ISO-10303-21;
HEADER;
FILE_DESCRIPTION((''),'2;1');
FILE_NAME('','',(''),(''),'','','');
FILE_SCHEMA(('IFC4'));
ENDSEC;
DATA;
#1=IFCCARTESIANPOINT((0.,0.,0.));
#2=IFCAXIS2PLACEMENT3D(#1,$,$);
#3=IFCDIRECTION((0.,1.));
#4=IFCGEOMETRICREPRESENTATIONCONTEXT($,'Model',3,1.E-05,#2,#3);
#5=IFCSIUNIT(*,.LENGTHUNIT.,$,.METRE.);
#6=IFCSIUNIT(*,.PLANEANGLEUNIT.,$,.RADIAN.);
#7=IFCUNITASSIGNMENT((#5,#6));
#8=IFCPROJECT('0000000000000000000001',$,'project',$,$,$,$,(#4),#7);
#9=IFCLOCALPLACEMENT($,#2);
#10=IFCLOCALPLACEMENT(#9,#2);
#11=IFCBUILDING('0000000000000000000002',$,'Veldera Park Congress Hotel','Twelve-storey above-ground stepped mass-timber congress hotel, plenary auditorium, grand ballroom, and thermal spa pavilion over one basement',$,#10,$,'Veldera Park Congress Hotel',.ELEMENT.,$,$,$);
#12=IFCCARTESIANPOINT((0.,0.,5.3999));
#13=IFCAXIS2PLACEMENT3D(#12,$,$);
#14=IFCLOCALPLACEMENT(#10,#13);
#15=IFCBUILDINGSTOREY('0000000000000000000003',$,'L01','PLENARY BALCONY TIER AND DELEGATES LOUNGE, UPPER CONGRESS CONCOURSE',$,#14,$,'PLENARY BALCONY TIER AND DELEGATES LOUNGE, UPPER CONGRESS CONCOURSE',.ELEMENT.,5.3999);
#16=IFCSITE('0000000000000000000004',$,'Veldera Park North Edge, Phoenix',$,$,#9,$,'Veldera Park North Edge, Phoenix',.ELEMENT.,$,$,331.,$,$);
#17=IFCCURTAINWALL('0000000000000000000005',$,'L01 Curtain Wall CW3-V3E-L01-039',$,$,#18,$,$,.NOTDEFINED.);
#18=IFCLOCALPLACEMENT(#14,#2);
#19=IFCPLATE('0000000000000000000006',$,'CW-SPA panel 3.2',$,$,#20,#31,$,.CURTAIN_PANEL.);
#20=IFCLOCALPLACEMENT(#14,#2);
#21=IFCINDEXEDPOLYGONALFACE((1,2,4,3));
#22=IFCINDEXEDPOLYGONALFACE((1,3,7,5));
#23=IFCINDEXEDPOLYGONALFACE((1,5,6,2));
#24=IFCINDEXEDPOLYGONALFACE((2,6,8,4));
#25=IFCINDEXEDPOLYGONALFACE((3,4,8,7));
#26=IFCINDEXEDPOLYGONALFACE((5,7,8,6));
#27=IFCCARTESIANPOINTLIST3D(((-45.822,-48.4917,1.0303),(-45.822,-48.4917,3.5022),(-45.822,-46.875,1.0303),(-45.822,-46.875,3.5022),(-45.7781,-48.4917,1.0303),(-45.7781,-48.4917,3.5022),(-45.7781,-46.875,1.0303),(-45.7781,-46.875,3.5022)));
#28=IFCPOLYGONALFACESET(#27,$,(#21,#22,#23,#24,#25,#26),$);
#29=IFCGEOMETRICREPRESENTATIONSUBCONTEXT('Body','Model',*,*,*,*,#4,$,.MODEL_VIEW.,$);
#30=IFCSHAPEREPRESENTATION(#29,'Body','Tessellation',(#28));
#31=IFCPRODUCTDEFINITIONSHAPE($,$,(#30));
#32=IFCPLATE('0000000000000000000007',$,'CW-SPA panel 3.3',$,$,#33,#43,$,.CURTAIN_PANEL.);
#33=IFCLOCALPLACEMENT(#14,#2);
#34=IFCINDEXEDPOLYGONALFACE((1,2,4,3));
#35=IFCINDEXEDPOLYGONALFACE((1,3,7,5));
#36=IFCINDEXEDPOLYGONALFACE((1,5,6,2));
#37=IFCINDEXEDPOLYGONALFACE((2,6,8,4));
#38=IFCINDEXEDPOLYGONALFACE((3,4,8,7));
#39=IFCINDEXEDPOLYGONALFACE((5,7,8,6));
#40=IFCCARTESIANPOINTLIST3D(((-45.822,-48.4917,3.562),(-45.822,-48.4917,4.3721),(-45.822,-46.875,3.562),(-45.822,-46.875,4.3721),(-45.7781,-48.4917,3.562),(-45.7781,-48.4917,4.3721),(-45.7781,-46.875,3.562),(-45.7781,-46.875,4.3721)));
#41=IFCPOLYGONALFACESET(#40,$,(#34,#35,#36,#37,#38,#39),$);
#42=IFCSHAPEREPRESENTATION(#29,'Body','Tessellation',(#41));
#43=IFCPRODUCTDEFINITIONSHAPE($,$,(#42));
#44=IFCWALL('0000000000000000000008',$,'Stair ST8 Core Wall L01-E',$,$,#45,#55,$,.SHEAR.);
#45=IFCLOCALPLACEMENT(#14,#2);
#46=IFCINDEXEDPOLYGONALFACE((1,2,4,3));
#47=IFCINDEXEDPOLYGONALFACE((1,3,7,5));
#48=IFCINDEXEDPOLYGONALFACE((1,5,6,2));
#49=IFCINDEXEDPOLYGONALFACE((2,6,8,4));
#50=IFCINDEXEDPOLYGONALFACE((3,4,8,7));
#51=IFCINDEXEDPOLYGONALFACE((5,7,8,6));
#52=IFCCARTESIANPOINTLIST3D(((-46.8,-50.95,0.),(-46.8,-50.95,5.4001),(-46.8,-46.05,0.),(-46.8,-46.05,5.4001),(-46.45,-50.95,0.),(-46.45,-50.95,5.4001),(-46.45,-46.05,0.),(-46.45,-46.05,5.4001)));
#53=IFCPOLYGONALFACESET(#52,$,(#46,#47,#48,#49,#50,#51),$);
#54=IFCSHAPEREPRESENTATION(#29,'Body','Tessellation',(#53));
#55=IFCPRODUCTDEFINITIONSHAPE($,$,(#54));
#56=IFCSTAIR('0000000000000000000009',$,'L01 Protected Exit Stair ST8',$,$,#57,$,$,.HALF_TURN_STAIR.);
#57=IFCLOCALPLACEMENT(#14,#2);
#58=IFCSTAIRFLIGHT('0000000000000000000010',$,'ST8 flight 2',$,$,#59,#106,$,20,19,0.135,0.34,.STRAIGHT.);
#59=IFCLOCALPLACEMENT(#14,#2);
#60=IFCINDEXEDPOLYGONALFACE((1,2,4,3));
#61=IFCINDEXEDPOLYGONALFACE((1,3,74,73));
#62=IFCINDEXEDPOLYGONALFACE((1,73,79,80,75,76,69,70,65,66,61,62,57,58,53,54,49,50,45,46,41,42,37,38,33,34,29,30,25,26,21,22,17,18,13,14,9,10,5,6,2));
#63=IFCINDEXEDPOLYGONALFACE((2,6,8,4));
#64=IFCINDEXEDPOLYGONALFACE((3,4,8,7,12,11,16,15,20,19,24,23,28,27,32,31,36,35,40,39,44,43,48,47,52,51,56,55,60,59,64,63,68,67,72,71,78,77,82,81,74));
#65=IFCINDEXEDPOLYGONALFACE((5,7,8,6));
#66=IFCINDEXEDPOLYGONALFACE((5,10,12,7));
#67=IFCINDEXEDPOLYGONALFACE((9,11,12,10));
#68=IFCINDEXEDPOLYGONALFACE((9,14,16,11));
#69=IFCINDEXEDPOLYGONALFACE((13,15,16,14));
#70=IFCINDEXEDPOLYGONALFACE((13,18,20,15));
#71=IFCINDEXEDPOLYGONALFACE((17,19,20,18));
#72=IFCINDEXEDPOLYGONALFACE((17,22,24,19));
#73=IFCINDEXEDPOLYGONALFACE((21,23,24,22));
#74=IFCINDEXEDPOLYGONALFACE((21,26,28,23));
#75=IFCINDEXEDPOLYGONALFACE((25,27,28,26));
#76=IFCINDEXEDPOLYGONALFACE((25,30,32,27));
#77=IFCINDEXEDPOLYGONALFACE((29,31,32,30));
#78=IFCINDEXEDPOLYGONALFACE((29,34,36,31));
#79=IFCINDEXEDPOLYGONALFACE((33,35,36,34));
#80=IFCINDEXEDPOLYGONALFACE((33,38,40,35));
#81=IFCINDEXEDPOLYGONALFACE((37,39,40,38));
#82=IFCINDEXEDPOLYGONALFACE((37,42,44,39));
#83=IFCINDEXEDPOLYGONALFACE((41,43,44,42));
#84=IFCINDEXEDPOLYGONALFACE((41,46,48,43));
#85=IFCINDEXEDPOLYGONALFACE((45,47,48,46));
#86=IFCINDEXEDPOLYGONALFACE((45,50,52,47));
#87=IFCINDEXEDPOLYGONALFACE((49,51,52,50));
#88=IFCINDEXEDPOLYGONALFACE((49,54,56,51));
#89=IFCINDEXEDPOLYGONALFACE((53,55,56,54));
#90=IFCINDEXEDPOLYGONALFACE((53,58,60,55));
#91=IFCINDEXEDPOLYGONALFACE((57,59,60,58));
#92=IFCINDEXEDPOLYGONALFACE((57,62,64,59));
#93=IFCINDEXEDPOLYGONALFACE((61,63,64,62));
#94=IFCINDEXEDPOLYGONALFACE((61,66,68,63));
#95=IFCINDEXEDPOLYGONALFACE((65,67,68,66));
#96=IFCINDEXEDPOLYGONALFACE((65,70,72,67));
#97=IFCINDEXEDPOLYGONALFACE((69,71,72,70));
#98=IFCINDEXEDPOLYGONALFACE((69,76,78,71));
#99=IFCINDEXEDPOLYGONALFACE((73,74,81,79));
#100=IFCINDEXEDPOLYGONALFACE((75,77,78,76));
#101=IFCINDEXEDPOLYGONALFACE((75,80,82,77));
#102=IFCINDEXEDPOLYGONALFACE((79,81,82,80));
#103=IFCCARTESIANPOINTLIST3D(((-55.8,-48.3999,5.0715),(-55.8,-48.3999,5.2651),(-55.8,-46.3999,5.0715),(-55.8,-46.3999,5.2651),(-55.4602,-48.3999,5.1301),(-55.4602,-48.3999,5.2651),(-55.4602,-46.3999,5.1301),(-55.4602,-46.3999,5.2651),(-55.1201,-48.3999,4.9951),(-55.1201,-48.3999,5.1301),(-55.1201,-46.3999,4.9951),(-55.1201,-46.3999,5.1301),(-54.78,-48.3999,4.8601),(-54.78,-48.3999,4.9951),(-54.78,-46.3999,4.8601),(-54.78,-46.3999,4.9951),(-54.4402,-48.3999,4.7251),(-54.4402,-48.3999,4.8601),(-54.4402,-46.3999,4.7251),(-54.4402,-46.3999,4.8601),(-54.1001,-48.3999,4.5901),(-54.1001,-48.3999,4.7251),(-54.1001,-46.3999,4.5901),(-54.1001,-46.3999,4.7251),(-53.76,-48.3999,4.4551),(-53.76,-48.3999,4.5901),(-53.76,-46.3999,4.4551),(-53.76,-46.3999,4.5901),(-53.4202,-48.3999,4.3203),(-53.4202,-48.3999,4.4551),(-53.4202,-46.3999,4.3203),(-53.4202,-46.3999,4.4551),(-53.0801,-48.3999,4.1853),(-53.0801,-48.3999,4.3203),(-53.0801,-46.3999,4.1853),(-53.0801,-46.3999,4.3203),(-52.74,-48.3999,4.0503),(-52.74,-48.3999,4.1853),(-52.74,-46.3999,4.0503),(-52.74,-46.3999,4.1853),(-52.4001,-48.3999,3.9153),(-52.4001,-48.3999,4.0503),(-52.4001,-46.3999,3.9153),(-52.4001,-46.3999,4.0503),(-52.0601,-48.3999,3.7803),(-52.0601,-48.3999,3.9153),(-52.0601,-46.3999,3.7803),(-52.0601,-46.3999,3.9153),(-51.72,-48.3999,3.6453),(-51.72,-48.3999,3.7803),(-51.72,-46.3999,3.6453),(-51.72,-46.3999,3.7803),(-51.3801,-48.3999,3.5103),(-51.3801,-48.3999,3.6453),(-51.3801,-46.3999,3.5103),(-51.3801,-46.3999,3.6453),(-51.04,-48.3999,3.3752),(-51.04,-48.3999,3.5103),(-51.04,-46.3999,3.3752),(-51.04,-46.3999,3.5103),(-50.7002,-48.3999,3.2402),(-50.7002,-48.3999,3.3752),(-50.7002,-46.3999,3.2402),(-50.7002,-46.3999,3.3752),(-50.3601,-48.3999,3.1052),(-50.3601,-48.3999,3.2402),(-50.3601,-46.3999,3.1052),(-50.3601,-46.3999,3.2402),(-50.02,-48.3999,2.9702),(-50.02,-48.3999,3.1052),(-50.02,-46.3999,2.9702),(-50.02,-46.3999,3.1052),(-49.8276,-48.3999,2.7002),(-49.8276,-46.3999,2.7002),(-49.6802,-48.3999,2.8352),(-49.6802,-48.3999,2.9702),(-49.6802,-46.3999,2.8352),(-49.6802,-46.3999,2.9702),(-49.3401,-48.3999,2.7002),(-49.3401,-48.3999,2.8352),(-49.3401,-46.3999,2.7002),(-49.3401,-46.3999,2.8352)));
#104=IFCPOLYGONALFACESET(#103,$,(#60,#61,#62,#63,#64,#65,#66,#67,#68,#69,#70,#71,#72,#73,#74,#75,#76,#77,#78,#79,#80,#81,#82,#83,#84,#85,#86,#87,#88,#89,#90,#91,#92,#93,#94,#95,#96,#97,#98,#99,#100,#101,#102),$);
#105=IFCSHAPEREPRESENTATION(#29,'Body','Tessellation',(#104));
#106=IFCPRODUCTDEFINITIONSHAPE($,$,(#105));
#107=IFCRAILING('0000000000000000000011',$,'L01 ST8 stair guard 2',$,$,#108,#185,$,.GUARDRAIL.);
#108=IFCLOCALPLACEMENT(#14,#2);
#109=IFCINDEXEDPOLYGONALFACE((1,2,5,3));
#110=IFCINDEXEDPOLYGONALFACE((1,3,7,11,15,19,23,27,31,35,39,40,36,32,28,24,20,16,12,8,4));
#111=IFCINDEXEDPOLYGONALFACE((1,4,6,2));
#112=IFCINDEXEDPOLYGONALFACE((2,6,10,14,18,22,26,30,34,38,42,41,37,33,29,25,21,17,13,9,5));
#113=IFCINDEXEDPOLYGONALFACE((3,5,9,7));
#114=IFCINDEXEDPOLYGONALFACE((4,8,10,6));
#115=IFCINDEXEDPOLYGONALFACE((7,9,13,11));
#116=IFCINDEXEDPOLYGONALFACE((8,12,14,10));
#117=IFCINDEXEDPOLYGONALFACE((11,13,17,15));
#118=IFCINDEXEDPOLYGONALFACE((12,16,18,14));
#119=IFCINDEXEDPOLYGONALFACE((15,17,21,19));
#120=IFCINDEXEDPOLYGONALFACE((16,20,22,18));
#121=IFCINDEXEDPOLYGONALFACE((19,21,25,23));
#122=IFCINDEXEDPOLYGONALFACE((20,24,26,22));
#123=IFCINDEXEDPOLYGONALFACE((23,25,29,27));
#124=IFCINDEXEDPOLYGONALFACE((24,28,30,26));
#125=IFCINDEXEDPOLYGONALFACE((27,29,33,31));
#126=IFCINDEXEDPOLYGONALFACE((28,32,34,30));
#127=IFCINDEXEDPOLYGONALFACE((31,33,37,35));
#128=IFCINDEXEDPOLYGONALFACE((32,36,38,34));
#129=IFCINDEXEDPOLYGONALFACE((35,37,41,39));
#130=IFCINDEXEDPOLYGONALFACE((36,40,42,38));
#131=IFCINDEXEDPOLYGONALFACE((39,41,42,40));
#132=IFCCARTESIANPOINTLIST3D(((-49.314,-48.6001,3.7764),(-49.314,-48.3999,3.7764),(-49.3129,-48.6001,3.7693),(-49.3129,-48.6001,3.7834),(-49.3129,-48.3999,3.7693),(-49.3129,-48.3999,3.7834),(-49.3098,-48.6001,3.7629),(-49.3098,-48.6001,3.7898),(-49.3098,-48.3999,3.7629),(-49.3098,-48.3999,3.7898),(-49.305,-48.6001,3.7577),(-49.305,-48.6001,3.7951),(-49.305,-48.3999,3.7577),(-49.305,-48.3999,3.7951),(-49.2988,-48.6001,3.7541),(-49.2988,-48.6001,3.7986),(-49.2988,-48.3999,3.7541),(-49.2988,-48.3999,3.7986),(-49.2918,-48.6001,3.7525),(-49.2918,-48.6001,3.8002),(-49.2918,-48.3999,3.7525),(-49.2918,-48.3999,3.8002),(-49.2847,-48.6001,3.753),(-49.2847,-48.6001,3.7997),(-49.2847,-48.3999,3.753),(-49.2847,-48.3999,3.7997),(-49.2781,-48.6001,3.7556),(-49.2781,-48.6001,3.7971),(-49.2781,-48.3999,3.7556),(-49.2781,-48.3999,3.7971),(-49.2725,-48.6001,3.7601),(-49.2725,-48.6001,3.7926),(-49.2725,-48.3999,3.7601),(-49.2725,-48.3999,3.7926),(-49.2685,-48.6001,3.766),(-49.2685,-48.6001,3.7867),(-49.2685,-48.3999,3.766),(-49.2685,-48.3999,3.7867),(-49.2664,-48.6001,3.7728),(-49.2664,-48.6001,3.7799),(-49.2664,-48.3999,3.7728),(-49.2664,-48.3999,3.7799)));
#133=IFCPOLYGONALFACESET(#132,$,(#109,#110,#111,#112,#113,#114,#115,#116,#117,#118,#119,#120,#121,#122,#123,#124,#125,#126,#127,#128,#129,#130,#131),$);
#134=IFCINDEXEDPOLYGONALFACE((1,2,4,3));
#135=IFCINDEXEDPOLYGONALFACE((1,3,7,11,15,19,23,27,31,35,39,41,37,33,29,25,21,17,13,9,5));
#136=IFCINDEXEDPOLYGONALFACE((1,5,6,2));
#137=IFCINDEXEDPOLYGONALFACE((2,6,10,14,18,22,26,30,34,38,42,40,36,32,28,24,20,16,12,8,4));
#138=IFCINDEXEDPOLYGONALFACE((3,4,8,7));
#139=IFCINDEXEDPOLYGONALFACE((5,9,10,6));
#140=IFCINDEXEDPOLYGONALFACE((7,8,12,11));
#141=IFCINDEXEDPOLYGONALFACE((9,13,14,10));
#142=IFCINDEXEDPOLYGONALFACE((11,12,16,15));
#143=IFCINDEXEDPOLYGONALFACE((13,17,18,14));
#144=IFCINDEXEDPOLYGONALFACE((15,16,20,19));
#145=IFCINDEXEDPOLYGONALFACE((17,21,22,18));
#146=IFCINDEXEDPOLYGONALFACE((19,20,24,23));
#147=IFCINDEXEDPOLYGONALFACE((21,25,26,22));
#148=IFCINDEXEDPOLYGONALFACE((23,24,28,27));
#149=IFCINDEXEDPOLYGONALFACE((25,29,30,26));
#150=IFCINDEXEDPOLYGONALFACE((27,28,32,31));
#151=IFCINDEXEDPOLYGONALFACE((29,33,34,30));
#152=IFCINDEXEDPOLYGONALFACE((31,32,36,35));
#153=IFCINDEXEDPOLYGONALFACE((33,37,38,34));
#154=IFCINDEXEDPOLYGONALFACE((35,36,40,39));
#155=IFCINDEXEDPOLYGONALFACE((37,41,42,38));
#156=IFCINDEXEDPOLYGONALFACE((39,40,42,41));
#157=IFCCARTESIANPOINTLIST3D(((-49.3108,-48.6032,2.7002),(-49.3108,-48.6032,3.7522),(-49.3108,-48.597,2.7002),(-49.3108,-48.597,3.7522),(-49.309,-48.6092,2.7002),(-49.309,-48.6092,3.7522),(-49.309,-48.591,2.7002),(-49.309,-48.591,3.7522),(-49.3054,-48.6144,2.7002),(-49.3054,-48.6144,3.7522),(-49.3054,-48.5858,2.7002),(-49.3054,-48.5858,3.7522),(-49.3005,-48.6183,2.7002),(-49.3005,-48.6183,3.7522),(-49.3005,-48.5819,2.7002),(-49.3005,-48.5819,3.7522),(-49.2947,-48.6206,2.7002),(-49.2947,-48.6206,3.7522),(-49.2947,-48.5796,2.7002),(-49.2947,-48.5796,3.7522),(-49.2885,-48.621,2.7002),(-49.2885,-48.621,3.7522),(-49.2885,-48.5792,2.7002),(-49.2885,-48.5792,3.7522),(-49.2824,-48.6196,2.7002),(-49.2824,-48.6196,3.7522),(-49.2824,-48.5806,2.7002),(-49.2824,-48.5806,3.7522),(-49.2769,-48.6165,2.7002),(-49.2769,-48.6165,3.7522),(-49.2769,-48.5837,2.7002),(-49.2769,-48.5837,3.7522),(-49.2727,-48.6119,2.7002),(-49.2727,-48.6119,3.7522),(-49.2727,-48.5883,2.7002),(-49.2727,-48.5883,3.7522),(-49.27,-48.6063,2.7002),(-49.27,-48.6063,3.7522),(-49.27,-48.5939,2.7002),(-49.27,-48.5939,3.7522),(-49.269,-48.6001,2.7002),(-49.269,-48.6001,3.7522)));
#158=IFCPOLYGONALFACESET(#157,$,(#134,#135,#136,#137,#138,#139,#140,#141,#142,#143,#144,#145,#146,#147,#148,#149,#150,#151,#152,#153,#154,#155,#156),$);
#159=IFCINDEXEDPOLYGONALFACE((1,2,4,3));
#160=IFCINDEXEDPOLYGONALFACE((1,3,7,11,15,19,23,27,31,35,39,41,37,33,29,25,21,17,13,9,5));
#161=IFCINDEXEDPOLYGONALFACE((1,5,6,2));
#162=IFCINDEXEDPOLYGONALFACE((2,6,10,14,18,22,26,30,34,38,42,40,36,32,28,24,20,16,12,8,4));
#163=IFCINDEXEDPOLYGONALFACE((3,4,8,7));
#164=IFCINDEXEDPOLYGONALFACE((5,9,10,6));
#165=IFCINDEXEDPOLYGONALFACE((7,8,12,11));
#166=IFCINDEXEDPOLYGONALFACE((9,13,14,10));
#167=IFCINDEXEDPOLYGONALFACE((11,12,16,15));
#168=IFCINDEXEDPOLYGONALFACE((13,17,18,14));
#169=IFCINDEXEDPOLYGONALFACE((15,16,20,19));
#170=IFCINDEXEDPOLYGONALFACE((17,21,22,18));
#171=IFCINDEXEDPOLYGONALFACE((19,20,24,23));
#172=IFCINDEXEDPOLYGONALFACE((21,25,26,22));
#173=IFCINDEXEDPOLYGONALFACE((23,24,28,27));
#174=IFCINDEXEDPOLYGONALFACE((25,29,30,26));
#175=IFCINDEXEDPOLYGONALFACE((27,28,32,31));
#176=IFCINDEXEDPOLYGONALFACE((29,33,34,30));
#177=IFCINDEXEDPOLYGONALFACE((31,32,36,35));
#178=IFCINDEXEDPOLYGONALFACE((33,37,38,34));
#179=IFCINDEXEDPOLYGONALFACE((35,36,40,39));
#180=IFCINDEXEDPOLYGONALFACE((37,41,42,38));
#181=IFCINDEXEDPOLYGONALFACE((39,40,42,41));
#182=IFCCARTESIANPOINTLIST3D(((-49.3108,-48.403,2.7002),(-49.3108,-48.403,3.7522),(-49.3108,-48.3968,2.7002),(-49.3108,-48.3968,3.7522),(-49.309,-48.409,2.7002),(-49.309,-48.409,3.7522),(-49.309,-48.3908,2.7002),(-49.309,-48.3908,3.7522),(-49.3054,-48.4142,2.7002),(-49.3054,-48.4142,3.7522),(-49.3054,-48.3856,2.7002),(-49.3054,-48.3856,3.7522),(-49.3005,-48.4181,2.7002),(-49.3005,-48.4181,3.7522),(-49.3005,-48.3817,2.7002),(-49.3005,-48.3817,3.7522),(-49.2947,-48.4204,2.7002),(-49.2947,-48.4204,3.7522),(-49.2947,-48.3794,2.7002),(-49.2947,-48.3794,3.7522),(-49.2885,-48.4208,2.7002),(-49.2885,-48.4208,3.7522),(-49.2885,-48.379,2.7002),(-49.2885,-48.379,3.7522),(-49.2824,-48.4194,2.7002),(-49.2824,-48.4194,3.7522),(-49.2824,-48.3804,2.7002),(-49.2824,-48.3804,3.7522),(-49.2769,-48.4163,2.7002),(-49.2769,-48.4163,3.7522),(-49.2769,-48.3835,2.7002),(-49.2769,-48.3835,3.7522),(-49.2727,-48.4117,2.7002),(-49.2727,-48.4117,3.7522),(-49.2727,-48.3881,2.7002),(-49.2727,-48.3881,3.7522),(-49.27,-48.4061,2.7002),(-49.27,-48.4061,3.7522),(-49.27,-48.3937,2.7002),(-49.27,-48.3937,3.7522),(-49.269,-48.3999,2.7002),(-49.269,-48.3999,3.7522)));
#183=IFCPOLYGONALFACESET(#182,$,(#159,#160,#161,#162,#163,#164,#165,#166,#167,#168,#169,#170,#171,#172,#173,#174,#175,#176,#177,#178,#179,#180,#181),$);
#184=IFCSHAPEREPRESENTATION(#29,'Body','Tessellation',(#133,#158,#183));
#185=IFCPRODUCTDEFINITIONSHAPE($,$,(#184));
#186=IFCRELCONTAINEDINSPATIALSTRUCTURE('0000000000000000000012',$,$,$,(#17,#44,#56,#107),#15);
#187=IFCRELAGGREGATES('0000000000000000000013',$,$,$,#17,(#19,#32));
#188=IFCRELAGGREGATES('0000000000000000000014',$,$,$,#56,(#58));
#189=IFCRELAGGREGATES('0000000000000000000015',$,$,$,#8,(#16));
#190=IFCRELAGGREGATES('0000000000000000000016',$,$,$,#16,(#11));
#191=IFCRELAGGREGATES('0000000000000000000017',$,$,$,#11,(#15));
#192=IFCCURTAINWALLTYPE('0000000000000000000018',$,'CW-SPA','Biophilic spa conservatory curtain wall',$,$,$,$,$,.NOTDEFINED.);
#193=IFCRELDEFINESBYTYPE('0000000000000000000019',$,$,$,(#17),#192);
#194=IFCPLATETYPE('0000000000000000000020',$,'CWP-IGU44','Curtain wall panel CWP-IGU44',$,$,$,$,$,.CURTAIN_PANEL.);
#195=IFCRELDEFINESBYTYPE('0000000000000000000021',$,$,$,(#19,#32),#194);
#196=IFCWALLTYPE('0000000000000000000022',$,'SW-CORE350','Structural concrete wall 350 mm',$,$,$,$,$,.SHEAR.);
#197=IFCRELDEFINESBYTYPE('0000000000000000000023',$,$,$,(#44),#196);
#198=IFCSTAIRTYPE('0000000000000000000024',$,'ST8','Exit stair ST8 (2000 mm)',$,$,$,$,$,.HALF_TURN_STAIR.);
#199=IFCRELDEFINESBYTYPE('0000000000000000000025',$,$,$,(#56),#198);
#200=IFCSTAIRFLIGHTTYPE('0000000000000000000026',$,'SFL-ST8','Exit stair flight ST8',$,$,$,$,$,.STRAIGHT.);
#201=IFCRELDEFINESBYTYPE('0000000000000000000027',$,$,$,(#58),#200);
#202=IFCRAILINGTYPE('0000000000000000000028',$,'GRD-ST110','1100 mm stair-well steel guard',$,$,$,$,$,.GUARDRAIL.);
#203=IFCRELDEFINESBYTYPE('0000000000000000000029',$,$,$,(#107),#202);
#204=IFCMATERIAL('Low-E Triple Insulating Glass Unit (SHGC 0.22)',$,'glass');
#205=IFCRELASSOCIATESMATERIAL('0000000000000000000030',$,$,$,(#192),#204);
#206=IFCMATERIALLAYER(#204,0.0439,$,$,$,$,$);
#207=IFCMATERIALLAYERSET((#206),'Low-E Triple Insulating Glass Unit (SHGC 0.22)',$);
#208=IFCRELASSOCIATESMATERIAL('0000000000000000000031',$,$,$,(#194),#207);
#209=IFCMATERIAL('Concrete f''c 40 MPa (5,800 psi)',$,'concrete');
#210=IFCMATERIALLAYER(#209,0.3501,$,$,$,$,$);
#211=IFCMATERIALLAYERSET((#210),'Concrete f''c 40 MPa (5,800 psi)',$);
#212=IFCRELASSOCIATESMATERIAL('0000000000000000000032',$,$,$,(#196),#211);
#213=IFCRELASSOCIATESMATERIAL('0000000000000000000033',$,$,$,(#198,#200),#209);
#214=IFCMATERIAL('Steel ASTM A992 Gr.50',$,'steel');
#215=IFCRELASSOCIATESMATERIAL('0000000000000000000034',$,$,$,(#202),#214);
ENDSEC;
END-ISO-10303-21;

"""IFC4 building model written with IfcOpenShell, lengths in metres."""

from ifc_helpers import new_model, si_unit, direction, frame, frame_2d, origin, origin_2d, place, context, subcontext, project, spatial, polyline, rectangle, circle, outline, extrude, material, layer, layer_set, type_object, element, aggregate, save


model = new_model("IFC4")

# Units and contexts
model_context = context("Model", 3, precision=1e-05, world=origin(), true_north=direction((0.0, 1.0)))
body_context = subcontext(model_context, "Body", "Model", "MODEL_VIEW")
ifc_project = project(units=[si_unit("LENGTHUNIT", "METRE"), si_unit("PLANEANGLEUNIT", "RADIAN")], contexts=[model_context])

# Site, building, storey
site_placement = place(None, origin())
site = spatial("IfcSite", under=ifc_project, at=site_placement, Name="Veldera Park North Edge, Phoenix", LongName="Veldera Park North Edge, Phoenix", CompositionType="ELEMENT", RefElevation=331.0)
building_placement = place(site_placement, origin())
building = spatial("IfcBuilding", under=site, at=building_placement, Name="Veldera Park Congress Hotel", Description="Twelve-storey above-ground stepped mass-timber congress hotel, plenary auditorium, grand ballroom, and thermal spa pavilion over one basement", LongName="Veldera Park Congress Hotel", CompositionType="ELEMENT")
storey_placement = place(building_placement, frame((0.0, 0.0, 5.3999)))
storey = spatial("IfcBuildingStorey", under=building, at=storey_placement, Name="L01", Description="PLENARY BALCONY TIER AND DELEGATES LOUNGE, UPPER CONGRESS CONCOURSE", LongName="PLENARY BALCONY TIER AND DELEGATES LOUNGE, UPPER CONGRESS CONCOURSE", CompositionType="ELEMENT", Elevation=5.3999)

# Shared definitions
ifc_material_1 = material(Name="Steel ASTM A992 Gr.50", Category="steel")

# Curtain wall
ifc_material_2 = material(Name="Low-E Triple Insulating Glass Unit (SHGC 0.22)", Category="glass")
curtain_wall_type = type_object("IfcCurtainWallType", Name="CW-SPA", Description="Biophilic spa conservatory curtain wall", PredefinedType="NOTDEFINED", material=ifc_material_2)
curtain_wall_placement = place(storey_placement, origin())
curtain_wall = element("IfcCurtainWall", 1, at=curtain_wall_placement, inside=storey, type_object=curtain_wall_type, Name="L01 Curtain Wall CW3-V3E-L01-039", PredefinedType="NOTDEFINED")

# Plates
ifc_layer_1 = layer(ifc_material_2, 0.0439)
ifc_layer_set_1 = layer_set([ifc_layer_1], Name="Low-E Triple Insulating Glass Unit (SHGC 0.22)")
plate_type = type_object("IfcPlateType", Name="CWP-IGU44", Description="Curtain wall panel CWP-IGU44", PredefinedType="CURTAIN_PANEL", material=ifc_layer_set_1)
plate_1_placement = place(storey_placement, frame((-45.8, -47.6833, 1.0303), z_axis=(0.0, 0.0, 1.0), x_axis=(0.0, 1.0, 0.0)))
plate_1 = element("IfcPlate", 2, at=plate_1_placement, type_object=plate_type, Name="CW-SPA panel 3.2", PredefinedType="CURTAIN_PANEL", context=body_context, shape_type="SweptSolid", body=[
    extrude(rectangle(XDim=1.6167, YDim=0.0439, at=origin_2d()), origin(), (0.0, 0.0, 1.0), 2.4719),
])
plate_2_placement = place(storey_placement, frame((-45.8, -47.6833, 3.562), z_axis=(0.0, 0.0, 1.0), x_axis=(0.0, 1.0, 0.0)))
plate_2 = element("IfcPlate", 3, at=plate_2_placement, type_object=plate_type, Name="CW-SPA panel 3.3", PredefinedType="CURTAIN_PANEL", context=body_context, shape_type="SweptSolid", body=[
    extrude(rectangle(XDim=1.6167, YDim=0.0439, at=origin_2d()), origin(), (0.0, 0.0, 1.0), 0.8101),
])
aggregate(curtain_wall, [plate_1, plate_2])

# Wall
ifc_material_3 = material(Name="Concrete f'c 40 MPa (5,800 psi)", Category="concrete")
ifc_layer_2 = layer(ifc_material_3, 0.3501)
ifc_layer_set_2 = layer_set([ifc_layer_2], Name="Concrete f'c 40 MPa (5,800 psi)")
wall_type = type_object("IfcWallType", Name="SW-CORE350", Description="Structural concrete wall 350 mm", PredefinedType="SHEAR", material=ifc_layer_set_2)
wall_placement = place(storey_placement, frame((-46.625, -50.95, 0.0), z_axis=(0.0, 0.0, 1.0), x_axis=(0.0, 1.0, 0.0)))
element("IfcWall", 4, at=wall_placement, inside=storey, type_object=wall_type, Name="Stair ST8 Core Wall L01-E", PredefinedType="SHEAR", context=body_context, shape_type="SweptSolid", body=[
    extrude(rectangle(XDim=4.8999, YDim=0.3501, at=frame_2d((2.45, 0.0))), origin(), (0.0, 0.0, 1.0), 5.4001),
])

# Stair, stair flight
stair_type = type_object("IfcStairType", Name="ST8", Description="Exit stair ST8 (2000 mm)", PredefinedType="HALF_TURN_STAIR", material=ifc_material_3)
stair_placement = place(storey_placement, origin())
stair = element("IfcStair", 5, at=stair_placement, inside=storey, type_object=stair_type, Name="L01 Protected Exit Stair ST8", PredefinedType="HALF_TURN_STAIR")
stair_flight_type = type_object("IfcStairFlightType", Name="SFL-ST8", Description="Exit stair flight ST8", PredefinedType="STRAIGHT", material=ifc_material_3)
stair_flight_placement = place(storey_placement, frame((-49.3401, -47.3999, 2.7002), z_axis=(0.0, 0.0, 1.0), x_axis=(-1.0, 0.0, 0.0)))
stair_flight = element("IfcStairFlight", 6, at=stair_flight_placement, type_object=stair_flight_type, Name="ST8 flight 2", NumberOfRisers=20, NumberOfTreads=19, PredefinedType="STRAIGHT", RiserHeight=0.135, TreadLength=0.34, context=body_context, shape_type="SweptSolid", body=[
    extrude(outline(polyline([(0.0, 0.0), (0.0, 0.135), (0.3401, 0.135), (0.3401, 0.27), (0.6799, 0.27), (0.6799, 0.405), (1.02, 0.405), (1.02, 0.54), (1.3601, 0.54), (1.3601, 0.675), (1.7, 0.675), (1.7, 0.8101), (2.04, 0.8101), (2.04, 0.9451), (2.3799, 0.9451), (2.3799, 1.0801), (2.72, 1.0801), (2.72, 1.2151), (3.0601, 1.2151), (3.0601, 1.3501), (3.3999, 1.3501), (3.3999, 1.4851), (3.74, 1.4851), (3.74, 1.6201), (4.0801, 1.6201), (4.0801, 1.7549), (4.4199, 1.7549), (4.4199, 1.8899), (4.76, 1.8899), (4.76, 2.0249), (5.1001, 2.0249), (5.1001, 2.1599), (5.4399, 2.1599), (5.4399, 2.2949), (5.78, 2.2949), (5.78, 2.4299), (6.1201, 2.4299), (6.1201, 2.5649), (6.46, 2.5649), (6.46, 2.7), (6.46, 2.7), (6.46, 2.3713), (0.4875, 0.0), (0.0, 0.0)])), frame((0.0, 1.0, 0.0), z_axis=(0.0, -1.0, 0.0), x_axis=(1.0, 0.0, 0.0)), (0.0, 0.0, 1.0), 2.0),
])
aggregate(stair, [stair_flight])

# Railing
railing_type = type_object("IfcRailingType", Name="GRD-ST110", Description="1100 mm stair-well steel guard", PredefinedType="GUARDRAIL", material=ifc_material_1)
railing_1_placement = place(storey_placement, frame((-49.29, -48.6001, 2.7002)))
element("IfcRailing", 7, at=railing_1_placement, inside=storey, type_object=railing_type, Name="L01 ST8 stair guard 2", PredefinedType="GUARDRAIL", context=body_context, shape_type="SweptSolid", body=[
    extrude(circle(Radius=0.0239, at=origin_2d()), frame((0.0, 0.0, 1.0762), z_axis=(0.0, 1.0, 0.0), x_axis=(-1.0, 0.0, 0.0)), (0.0, 0.0, 1.0), 0.2002),
    extrude(circle(Radius=0.021, at=origin_2d()), origin(), (0.0, 0.0, 1.0), 1.052),
    extrude(circle(Radius=0.021, at=origin_2d()), frame((0.0, 0.2002, 0.0)), (0.0, 0.0, 1.0), 1.052),
])

save(model, "model.ifc")
